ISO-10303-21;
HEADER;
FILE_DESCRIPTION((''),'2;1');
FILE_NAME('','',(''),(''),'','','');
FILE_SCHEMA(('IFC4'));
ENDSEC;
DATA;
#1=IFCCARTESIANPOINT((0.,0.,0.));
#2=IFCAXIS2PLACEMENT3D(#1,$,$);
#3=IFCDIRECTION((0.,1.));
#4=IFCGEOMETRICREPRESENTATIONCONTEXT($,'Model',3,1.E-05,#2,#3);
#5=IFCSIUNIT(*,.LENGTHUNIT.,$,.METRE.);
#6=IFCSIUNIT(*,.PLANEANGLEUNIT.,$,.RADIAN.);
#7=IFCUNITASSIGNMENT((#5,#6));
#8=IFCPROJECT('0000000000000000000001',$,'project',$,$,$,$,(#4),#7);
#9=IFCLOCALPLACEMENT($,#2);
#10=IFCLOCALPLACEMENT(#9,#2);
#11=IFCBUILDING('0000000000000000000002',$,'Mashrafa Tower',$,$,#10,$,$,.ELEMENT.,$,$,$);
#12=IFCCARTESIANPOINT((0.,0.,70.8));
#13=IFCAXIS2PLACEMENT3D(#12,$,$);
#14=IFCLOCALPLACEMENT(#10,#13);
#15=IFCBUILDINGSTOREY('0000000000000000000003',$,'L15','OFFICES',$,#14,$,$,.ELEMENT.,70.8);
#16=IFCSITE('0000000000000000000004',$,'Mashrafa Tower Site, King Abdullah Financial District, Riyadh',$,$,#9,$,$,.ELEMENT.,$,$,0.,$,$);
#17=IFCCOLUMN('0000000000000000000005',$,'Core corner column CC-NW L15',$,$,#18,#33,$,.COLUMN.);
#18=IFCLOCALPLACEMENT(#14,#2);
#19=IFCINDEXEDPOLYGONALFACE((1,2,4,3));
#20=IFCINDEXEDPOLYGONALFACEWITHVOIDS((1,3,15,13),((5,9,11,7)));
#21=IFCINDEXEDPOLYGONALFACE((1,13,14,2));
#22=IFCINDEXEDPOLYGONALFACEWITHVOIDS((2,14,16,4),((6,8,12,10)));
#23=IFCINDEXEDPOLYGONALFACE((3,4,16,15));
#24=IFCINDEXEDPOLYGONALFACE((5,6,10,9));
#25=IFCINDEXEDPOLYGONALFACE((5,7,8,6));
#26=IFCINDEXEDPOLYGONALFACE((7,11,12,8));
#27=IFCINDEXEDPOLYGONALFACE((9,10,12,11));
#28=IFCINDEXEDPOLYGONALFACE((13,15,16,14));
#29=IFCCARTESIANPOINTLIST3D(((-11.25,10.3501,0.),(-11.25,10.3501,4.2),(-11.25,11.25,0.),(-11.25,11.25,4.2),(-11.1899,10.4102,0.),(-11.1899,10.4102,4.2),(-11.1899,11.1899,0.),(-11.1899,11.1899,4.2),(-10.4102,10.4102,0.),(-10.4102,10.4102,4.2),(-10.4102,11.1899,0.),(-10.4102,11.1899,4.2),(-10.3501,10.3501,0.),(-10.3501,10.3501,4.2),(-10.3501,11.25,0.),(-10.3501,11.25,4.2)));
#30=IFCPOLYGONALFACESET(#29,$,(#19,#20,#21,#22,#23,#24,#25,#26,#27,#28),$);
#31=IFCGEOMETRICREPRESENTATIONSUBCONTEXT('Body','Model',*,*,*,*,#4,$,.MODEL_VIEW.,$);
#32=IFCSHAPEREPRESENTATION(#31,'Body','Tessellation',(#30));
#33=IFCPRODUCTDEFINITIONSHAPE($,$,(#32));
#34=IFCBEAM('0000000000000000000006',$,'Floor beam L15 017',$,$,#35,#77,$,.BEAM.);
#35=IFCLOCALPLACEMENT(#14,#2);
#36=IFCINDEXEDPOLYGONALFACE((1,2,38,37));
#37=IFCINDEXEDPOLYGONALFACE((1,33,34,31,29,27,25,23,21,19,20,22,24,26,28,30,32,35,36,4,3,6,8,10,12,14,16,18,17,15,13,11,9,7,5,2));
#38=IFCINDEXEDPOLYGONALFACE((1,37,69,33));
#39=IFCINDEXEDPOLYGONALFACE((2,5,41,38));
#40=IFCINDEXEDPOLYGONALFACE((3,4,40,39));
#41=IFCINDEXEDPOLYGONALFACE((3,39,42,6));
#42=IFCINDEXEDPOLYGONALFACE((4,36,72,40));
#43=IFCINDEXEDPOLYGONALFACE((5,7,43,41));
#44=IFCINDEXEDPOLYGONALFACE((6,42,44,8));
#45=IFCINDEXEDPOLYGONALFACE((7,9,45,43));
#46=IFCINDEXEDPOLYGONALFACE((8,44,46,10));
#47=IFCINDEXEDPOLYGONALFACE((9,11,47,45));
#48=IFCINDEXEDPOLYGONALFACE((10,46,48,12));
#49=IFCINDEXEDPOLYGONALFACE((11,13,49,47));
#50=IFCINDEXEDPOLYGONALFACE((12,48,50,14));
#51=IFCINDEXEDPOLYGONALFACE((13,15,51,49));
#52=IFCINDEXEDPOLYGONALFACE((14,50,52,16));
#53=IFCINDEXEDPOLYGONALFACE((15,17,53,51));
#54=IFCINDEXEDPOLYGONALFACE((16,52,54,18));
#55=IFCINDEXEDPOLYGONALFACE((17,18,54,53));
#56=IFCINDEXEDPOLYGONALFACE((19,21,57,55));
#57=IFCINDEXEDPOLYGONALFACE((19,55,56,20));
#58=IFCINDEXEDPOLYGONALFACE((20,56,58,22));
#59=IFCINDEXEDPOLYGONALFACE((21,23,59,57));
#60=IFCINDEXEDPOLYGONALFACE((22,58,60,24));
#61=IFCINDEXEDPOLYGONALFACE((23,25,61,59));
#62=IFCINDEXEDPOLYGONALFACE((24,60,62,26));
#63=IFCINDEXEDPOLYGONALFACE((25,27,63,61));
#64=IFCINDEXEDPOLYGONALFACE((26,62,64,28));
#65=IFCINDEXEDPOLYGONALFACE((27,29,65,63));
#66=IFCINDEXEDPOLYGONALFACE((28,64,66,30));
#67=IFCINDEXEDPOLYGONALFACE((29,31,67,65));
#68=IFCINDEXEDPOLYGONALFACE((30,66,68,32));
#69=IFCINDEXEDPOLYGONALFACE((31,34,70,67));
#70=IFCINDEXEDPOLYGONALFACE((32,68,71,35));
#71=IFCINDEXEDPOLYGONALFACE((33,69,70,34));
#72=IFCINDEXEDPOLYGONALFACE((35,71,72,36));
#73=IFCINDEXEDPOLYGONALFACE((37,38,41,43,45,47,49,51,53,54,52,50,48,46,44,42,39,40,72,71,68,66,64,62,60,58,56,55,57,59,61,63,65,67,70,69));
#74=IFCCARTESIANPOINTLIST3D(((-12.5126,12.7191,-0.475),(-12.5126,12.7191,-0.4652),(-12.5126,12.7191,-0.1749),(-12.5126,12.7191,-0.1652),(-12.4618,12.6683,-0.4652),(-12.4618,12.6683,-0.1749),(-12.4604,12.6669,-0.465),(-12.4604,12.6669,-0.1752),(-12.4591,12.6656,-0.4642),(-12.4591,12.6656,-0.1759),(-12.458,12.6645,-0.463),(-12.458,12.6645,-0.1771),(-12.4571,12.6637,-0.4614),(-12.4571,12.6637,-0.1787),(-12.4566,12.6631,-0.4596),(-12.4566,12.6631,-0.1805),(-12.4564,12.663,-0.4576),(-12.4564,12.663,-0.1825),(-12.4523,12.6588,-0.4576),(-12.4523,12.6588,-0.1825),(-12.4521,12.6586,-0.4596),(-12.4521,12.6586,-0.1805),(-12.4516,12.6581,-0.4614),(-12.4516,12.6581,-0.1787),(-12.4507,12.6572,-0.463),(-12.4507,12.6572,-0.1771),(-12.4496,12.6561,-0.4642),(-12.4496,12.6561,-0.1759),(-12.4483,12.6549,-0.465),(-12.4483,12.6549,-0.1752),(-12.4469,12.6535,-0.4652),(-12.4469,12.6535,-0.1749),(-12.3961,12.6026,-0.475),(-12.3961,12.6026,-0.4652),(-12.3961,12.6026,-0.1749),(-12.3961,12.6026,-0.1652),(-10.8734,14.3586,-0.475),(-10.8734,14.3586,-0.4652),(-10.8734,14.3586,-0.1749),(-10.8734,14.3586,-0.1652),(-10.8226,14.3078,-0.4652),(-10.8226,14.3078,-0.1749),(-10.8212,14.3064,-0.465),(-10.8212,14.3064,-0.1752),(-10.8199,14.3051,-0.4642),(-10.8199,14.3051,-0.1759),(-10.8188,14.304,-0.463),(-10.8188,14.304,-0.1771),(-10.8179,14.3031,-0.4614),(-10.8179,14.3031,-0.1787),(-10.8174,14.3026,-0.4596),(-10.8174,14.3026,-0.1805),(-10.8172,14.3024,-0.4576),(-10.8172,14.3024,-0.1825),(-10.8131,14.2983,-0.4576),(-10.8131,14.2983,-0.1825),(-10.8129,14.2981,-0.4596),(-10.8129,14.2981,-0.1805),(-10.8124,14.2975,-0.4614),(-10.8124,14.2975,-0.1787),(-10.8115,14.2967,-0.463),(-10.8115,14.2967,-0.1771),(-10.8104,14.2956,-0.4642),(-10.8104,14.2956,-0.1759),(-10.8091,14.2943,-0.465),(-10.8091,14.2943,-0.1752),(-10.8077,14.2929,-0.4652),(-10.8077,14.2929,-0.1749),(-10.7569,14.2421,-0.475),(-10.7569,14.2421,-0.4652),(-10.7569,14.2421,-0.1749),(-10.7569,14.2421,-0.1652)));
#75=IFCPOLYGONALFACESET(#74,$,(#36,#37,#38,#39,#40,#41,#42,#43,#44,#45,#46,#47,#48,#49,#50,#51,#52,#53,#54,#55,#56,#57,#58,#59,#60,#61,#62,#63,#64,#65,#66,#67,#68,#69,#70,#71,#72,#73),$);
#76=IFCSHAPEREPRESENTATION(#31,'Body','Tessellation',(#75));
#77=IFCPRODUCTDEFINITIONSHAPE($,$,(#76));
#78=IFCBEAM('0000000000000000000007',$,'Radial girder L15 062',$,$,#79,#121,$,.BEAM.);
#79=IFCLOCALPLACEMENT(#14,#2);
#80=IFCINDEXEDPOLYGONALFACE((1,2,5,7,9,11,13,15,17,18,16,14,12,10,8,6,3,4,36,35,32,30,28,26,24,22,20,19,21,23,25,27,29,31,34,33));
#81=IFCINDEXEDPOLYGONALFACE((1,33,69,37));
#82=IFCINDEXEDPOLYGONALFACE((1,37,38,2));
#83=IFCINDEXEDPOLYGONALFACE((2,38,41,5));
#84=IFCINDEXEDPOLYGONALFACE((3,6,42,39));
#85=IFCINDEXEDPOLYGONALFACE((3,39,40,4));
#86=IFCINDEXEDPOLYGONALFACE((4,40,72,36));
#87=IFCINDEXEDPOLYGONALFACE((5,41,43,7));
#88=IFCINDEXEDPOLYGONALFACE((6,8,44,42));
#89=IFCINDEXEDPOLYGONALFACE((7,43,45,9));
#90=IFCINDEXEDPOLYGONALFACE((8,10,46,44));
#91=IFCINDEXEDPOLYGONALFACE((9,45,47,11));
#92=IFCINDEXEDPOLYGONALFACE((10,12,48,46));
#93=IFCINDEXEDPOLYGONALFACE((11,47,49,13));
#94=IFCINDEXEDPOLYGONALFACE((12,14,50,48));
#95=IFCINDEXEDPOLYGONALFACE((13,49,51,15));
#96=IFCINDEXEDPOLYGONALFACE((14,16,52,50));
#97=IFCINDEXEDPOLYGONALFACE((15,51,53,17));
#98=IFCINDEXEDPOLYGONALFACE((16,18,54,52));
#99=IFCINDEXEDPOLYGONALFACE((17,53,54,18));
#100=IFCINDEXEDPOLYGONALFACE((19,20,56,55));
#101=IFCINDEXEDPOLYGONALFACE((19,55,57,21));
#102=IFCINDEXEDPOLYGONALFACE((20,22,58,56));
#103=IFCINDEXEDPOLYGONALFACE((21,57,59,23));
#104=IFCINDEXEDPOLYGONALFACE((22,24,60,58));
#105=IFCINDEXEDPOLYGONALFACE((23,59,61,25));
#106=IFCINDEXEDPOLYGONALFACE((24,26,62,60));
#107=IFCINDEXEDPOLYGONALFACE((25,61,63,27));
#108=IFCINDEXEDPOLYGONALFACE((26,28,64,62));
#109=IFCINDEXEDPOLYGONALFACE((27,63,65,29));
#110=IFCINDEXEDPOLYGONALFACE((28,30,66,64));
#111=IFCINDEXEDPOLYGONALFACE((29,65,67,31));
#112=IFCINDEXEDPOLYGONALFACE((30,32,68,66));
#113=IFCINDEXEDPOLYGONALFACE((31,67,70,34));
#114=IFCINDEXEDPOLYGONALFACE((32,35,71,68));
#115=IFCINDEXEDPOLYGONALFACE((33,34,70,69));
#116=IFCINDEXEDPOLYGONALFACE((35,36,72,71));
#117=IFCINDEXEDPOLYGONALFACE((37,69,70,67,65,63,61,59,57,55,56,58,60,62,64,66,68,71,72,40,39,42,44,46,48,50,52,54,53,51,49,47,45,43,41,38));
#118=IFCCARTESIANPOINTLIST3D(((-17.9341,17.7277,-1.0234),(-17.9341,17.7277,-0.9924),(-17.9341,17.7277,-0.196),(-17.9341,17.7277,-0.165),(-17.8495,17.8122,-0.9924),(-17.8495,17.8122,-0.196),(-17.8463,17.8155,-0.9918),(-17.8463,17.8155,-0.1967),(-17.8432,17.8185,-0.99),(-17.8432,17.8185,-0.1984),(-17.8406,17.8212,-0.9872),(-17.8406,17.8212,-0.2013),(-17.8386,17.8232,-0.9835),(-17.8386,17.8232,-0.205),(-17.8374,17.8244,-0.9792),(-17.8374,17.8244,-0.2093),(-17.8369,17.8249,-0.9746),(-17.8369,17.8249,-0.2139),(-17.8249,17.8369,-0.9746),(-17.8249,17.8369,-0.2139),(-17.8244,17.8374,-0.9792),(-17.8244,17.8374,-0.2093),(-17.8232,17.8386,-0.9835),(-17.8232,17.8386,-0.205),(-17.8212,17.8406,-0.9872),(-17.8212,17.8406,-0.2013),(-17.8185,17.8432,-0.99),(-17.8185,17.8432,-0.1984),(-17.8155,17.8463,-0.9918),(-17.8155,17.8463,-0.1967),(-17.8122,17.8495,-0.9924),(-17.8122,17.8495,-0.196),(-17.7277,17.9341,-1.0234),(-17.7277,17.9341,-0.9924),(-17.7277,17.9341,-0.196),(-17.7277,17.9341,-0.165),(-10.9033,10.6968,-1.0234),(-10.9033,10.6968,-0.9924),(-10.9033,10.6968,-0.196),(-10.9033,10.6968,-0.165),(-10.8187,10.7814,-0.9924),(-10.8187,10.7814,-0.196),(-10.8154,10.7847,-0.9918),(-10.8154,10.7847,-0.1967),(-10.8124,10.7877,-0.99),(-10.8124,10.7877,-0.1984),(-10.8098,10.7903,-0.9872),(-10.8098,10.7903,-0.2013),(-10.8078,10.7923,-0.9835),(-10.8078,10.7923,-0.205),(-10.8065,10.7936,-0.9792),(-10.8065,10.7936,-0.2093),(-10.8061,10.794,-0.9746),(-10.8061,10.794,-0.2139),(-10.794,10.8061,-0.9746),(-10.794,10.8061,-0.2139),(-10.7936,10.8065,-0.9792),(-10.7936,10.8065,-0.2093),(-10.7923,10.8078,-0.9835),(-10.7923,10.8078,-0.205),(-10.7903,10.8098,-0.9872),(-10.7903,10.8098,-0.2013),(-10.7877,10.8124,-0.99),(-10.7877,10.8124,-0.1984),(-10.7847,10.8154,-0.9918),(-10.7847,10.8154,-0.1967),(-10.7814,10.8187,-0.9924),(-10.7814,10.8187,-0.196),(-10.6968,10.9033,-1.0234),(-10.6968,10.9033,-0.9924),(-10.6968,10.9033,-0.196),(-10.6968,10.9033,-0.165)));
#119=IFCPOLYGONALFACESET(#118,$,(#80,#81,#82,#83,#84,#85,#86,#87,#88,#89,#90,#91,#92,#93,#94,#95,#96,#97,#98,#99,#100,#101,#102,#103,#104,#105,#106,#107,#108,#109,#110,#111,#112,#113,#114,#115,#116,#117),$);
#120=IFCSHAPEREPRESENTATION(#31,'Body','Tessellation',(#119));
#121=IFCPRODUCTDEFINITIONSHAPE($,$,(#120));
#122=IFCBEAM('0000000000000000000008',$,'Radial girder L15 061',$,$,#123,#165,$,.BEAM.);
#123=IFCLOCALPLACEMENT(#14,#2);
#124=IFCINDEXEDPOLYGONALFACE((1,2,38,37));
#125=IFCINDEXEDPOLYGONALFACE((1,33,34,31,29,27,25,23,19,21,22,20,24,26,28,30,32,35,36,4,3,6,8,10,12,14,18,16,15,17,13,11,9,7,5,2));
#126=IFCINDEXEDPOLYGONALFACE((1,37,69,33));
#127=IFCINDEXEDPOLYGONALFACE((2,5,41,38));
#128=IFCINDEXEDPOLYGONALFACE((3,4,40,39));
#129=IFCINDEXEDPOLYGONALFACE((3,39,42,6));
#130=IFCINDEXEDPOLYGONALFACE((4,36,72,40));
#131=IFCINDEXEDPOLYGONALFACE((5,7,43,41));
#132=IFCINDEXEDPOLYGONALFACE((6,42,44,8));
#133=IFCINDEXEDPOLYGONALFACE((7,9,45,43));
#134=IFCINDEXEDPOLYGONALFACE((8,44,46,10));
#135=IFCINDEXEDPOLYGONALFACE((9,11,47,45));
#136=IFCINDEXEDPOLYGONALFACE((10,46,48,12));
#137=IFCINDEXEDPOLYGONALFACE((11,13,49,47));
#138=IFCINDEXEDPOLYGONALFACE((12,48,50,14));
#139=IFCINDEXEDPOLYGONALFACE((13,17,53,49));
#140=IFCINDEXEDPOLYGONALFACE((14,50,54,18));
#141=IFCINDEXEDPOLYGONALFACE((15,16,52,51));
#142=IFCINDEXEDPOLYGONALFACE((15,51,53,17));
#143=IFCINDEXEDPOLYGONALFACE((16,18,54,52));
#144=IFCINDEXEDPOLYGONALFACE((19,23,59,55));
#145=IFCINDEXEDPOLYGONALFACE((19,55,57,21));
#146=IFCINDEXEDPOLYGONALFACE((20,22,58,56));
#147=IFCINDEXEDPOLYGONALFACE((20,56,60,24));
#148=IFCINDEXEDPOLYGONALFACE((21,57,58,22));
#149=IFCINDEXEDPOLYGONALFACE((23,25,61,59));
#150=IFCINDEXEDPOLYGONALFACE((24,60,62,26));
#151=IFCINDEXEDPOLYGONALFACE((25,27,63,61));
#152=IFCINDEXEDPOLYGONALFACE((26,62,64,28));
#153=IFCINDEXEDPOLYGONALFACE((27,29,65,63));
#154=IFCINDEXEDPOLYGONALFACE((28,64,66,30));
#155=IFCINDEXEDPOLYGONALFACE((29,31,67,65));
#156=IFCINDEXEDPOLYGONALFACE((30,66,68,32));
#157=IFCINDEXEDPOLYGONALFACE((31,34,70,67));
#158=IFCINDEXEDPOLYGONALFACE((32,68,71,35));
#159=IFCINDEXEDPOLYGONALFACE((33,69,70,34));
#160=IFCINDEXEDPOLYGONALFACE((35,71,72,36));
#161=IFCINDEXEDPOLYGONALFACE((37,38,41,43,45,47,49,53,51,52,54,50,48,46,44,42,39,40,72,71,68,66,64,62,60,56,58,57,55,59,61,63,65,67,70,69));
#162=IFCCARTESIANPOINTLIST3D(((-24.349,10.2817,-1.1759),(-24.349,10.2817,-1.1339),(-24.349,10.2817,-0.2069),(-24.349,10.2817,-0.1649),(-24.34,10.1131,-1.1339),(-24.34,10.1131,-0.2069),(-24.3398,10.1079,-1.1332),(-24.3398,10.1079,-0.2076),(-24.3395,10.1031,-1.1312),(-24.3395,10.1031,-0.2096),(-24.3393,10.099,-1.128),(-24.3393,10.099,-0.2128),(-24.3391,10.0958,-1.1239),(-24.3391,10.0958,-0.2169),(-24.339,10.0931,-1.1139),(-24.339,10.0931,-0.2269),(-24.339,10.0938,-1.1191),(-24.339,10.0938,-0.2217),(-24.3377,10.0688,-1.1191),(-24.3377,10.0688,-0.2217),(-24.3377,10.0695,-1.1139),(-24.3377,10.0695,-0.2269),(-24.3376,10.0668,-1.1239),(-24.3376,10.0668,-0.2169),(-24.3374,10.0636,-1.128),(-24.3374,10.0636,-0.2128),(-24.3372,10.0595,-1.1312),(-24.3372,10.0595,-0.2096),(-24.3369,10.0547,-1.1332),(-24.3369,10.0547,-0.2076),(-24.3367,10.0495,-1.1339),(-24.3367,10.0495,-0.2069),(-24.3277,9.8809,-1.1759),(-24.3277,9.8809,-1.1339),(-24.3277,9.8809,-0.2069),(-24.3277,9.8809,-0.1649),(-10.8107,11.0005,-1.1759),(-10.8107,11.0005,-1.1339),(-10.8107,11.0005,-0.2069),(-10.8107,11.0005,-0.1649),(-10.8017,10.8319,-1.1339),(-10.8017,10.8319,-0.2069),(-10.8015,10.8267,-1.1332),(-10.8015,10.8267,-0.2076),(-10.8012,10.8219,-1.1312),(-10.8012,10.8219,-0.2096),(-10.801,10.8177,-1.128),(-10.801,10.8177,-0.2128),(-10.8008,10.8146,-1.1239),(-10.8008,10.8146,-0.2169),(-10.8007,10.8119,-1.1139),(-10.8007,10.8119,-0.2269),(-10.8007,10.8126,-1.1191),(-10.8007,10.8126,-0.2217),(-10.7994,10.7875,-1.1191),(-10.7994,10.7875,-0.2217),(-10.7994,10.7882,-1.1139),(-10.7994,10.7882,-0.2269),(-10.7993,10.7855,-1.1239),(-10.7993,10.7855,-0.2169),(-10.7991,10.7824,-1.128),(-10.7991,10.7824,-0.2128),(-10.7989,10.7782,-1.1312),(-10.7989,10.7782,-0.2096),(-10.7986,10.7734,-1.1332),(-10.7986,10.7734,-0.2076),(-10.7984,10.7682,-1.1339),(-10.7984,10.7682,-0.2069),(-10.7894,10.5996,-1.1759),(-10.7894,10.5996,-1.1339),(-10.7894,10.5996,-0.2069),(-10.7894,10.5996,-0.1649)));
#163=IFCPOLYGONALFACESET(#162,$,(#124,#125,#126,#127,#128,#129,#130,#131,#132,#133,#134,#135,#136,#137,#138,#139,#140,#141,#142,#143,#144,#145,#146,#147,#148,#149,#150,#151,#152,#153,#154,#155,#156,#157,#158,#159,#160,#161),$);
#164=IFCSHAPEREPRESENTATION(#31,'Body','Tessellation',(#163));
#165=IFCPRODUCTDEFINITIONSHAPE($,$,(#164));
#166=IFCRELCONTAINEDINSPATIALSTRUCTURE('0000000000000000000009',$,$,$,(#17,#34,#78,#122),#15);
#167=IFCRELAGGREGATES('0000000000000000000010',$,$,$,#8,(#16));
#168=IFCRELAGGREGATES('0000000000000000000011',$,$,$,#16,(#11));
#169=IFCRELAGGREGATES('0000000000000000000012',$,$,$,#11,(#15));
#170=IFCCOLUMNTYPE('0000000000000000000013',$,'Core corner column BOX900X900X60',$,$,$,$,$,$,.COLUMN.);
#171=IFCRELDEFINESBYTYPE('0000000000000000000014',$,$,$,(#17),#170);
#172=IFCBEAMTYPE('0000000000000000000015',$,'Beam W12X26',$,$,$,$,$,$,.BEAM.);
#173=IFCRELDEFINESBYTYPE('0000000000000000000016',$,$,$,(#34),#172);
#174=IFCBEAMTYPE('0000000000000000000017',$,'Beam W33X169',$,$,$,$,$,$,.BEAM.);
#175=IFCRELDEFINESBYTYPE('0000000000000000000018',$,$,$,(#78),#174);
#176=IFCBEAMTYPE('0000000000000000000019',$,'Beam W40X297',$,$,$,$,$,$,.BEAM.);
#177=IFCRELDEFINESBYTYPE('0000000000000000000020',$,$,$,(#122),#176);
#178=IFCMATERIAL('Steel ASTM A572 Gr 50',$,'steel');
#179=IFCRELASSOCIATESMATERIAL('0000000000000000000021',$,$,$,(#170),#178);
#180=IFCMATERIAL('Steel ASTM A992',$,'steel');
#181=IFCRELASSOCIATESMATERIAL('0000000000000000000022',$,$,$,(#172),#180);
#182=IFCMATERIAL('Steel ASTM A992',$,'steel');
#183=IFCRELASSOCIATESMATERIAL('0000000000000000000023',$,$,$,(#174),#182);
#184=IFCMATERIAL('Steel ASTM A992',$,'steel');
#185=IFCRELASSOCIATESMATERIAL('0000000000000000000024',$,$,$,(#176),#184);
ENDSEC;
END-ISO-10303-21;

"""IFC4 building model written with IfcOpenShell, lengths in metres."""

from ifc_helpers import new_model, si_unit, direction, frame, origin, origin_2d, place, context, subcontext, project, spatial, hollow_rectangle, i_section, extrude, material, material_profile, profile_set, type_object, element, save


model = new_model("IFC4")

# Units and contexts
model_context = context("Model", 3, precision=1e-05, world=origin(), true_north=direction((0.0, 1.0)))
body_context = subcontext(model_context, "Body", "Model", "MODEL_VIEW")
ifc_project = project(units=[si_unit("LENGTHUNIT", "METRE"), si_unit("PLANEANGLEUNIT", "RADIAN")], contexts=[model_context])

# Site, building, storey
site_placement = place(None, origin())
site = spatial("IfcSite", under=ifc_project, at=site_placement, Name="Mashrafa Tower Site, King Abdullah Financial District, Riyadh", CompositionType="ELEMENT", RefElevation=0.0)
building_placement = place(site_placement, origin())
building = spatial("IfcBuilding", under=site, at=building_placement, Name="Mashrafa Tower", CompositionType="ELEMENT")
storey_placement = place(building_placement, frame((0.0, 0.0, 70.8)))
storey = spatial("IfcBuildingStorey", under=building, at=storey_placement, Name="L15", Description="OFFICES", CompositionType="ELEMENT", Elevation=70.8)

# Column
ifc_material_1 = material(Name="Steel ASTM A572 Gr 50", Category="steel")
ifc_material_profile_1 = material_profile(ifc_material_1, hollow_rectangle(XDim=0.8999, YDim=0.8999, WallThickness=0.0601, at=origin_2d()), Name="BOX900X900X60")
ifc_profile_set_1 = profile_set([ifc_material_profile_1], Name="Steel ASTM A572 Gr 50")
column_type = type_object("IfcColumnType", Name="Core corner column BOX900X900X60", PredefinedType="COLUMN", material=ifc_profile_set_1)
column_placement = place(storey_placement, frame((-10.8, 10.8, 0.0), z_axis=(0.0, 0.0, 1.0), x_axis=(1.0, 0.0, 0.0)))
element("IfcColumn", 1, at=column_placement, inside=storey, type_object=column_type, Name="Core corner column CC-NW L15", PredefinedType="COLUMN", context=body_context, shape_type="SweptSolid", body=[
    extrude(hollow_rectangle(XDim=0.8999, YDim=0.8999, WallThickness=0.0601, at=origin_2d()), origin(), (0.0, 0.0, 1.0), 4.2),
])

# Beams
ifc_material_2 = material(Name="Steel ASTM A992", Category="steel")
ifc_material_profile_2 = material_profile(ifc_material_2, i_section(OverallWidth=0.1648, OverallDepth=0.3098, WebThickness=0.0059, FlangeThickness=0.0098, FilletRadius=0.0076, at=origin_2d()), Name="W12X26")
ifc_profile_set_2 = profile_set([ifc_material_profile_2], Name="Steel ASTM A992")
beam_type_1 = type_object("IfcBeamType", Name="Beam W12X26", PredefinedType="BEAM", material=ifc_profile_set_2)
beam_1_placement = place(storey_placement, frame((-12.4543, 12.6609, -0.3201), z_axis=(0.707054, 0.707159, 0.0), x_axis=(-0.707159, 0.707054, 0.0)))
element("IfcBeam", 2, at=beam_1_placement, inside=storey, type_object=beam_type_1, Name="Floor beam L15 017", PredefinedType="BEAM", context=body_context, shape_type="SweptSolid", body=[
    extrude(i_section(OverallWidth=0.1648, OverallDepth=0.3098, WebThickness=0.0059, FlangeThickness=0.0098, FilletRadius=0.0076, at=origin_2d()), origin(), (0.0, 0.0, 1.0), 2.3184),
])
ifc_material_3 = material(Name="Steel ASTM A992", Category="steel")
ifc_material_profile_3 = material_profile(ifc_material_3, i_section(OverallWidth=0.292, OverallDepth=0.8584, WebThickness=0.0171, FlangeThickness=0.031, FilletRadius=0.0178, at=origin_2d()), Name="W33X169")
ifc_profile_set_3 = profile_set([ifc_material_profile_3], Name="Steel ASTM A992")
beam_type_2 = type_object("IfcBeamType", Name="Beam W33X169", PredefinedType="BEAM", material=ifc_profile_set_3)
beam_2_placement = place(storey_placement, frame((-10.8, 10.8, -0.5942), z_axis=(-0.707107, 0.707107, 0.0), x_axis=(-0.707107, -0.707107, 0.0)))
element("IfcBeam", 3, at=beam_2_placement, inside=storey, type_object=beam_type_2, Name="Radial girder L15 062", PredefinedType="BEAM", context=body_context, shape_type="SweptSolid", body=[
    extrude(i_section(OverallWidth=0.292, OverallDepth=0.8584, WebThickness=0.0171, FlangeThickness=0.031, FilletRadius=0.0178, at=origin_2d()), origin(), (0.0, 0.0, 1.0), 9.9431),
])
ifc_material_4 = material(Name="Steel ASTM A992", Category="steel")
ifc_material_profile_4 = material_profile(ifc_material_4, i_section(OverallWidth=0.4014, OverallDepth=1.011, WebThickness=0.0237, FlangeThickness=0.042, FilletRadius=0.02, at=origin_2d()), Name="W40X297")
ifc_profile_set_4 = profile_set([ifc_material_profile_4], Name="Steel ASTM A992")
beam_type_3 = type_object("IfcBeamType", Name="Beam W40X297", PredefinedType="BEAM", material=ifc_profile_set_4)
for number, where, z_axis, x_axis, name in (
    (4, (-10.8, 10.8, -0.6704), (-0.998594, -0.053015, 0.0), (0.053015, -0.998594, 0.0), "Radial girder L15 061"),
):
    element("IfcBeam", number, at=place(storey_placement, frame(where, z_axis=z_axis, x_axis=x_axis)), inside=storey, type_object=beam_type_3, Name=name, PredefinedType="BEAM", context=body_context, shape_type="SweptSolid", body=[
        extrude(i_section(OverallWidth=0.4014, OverallDepth=1.011, WebThickness=0.0237, FlangeThickness=0.042, FilletRadius=0.02, at=origin_2d()), origin(), (0.0, 0.0, 1.0), 13.5574),
    ])

save(model, "model.ifc")
